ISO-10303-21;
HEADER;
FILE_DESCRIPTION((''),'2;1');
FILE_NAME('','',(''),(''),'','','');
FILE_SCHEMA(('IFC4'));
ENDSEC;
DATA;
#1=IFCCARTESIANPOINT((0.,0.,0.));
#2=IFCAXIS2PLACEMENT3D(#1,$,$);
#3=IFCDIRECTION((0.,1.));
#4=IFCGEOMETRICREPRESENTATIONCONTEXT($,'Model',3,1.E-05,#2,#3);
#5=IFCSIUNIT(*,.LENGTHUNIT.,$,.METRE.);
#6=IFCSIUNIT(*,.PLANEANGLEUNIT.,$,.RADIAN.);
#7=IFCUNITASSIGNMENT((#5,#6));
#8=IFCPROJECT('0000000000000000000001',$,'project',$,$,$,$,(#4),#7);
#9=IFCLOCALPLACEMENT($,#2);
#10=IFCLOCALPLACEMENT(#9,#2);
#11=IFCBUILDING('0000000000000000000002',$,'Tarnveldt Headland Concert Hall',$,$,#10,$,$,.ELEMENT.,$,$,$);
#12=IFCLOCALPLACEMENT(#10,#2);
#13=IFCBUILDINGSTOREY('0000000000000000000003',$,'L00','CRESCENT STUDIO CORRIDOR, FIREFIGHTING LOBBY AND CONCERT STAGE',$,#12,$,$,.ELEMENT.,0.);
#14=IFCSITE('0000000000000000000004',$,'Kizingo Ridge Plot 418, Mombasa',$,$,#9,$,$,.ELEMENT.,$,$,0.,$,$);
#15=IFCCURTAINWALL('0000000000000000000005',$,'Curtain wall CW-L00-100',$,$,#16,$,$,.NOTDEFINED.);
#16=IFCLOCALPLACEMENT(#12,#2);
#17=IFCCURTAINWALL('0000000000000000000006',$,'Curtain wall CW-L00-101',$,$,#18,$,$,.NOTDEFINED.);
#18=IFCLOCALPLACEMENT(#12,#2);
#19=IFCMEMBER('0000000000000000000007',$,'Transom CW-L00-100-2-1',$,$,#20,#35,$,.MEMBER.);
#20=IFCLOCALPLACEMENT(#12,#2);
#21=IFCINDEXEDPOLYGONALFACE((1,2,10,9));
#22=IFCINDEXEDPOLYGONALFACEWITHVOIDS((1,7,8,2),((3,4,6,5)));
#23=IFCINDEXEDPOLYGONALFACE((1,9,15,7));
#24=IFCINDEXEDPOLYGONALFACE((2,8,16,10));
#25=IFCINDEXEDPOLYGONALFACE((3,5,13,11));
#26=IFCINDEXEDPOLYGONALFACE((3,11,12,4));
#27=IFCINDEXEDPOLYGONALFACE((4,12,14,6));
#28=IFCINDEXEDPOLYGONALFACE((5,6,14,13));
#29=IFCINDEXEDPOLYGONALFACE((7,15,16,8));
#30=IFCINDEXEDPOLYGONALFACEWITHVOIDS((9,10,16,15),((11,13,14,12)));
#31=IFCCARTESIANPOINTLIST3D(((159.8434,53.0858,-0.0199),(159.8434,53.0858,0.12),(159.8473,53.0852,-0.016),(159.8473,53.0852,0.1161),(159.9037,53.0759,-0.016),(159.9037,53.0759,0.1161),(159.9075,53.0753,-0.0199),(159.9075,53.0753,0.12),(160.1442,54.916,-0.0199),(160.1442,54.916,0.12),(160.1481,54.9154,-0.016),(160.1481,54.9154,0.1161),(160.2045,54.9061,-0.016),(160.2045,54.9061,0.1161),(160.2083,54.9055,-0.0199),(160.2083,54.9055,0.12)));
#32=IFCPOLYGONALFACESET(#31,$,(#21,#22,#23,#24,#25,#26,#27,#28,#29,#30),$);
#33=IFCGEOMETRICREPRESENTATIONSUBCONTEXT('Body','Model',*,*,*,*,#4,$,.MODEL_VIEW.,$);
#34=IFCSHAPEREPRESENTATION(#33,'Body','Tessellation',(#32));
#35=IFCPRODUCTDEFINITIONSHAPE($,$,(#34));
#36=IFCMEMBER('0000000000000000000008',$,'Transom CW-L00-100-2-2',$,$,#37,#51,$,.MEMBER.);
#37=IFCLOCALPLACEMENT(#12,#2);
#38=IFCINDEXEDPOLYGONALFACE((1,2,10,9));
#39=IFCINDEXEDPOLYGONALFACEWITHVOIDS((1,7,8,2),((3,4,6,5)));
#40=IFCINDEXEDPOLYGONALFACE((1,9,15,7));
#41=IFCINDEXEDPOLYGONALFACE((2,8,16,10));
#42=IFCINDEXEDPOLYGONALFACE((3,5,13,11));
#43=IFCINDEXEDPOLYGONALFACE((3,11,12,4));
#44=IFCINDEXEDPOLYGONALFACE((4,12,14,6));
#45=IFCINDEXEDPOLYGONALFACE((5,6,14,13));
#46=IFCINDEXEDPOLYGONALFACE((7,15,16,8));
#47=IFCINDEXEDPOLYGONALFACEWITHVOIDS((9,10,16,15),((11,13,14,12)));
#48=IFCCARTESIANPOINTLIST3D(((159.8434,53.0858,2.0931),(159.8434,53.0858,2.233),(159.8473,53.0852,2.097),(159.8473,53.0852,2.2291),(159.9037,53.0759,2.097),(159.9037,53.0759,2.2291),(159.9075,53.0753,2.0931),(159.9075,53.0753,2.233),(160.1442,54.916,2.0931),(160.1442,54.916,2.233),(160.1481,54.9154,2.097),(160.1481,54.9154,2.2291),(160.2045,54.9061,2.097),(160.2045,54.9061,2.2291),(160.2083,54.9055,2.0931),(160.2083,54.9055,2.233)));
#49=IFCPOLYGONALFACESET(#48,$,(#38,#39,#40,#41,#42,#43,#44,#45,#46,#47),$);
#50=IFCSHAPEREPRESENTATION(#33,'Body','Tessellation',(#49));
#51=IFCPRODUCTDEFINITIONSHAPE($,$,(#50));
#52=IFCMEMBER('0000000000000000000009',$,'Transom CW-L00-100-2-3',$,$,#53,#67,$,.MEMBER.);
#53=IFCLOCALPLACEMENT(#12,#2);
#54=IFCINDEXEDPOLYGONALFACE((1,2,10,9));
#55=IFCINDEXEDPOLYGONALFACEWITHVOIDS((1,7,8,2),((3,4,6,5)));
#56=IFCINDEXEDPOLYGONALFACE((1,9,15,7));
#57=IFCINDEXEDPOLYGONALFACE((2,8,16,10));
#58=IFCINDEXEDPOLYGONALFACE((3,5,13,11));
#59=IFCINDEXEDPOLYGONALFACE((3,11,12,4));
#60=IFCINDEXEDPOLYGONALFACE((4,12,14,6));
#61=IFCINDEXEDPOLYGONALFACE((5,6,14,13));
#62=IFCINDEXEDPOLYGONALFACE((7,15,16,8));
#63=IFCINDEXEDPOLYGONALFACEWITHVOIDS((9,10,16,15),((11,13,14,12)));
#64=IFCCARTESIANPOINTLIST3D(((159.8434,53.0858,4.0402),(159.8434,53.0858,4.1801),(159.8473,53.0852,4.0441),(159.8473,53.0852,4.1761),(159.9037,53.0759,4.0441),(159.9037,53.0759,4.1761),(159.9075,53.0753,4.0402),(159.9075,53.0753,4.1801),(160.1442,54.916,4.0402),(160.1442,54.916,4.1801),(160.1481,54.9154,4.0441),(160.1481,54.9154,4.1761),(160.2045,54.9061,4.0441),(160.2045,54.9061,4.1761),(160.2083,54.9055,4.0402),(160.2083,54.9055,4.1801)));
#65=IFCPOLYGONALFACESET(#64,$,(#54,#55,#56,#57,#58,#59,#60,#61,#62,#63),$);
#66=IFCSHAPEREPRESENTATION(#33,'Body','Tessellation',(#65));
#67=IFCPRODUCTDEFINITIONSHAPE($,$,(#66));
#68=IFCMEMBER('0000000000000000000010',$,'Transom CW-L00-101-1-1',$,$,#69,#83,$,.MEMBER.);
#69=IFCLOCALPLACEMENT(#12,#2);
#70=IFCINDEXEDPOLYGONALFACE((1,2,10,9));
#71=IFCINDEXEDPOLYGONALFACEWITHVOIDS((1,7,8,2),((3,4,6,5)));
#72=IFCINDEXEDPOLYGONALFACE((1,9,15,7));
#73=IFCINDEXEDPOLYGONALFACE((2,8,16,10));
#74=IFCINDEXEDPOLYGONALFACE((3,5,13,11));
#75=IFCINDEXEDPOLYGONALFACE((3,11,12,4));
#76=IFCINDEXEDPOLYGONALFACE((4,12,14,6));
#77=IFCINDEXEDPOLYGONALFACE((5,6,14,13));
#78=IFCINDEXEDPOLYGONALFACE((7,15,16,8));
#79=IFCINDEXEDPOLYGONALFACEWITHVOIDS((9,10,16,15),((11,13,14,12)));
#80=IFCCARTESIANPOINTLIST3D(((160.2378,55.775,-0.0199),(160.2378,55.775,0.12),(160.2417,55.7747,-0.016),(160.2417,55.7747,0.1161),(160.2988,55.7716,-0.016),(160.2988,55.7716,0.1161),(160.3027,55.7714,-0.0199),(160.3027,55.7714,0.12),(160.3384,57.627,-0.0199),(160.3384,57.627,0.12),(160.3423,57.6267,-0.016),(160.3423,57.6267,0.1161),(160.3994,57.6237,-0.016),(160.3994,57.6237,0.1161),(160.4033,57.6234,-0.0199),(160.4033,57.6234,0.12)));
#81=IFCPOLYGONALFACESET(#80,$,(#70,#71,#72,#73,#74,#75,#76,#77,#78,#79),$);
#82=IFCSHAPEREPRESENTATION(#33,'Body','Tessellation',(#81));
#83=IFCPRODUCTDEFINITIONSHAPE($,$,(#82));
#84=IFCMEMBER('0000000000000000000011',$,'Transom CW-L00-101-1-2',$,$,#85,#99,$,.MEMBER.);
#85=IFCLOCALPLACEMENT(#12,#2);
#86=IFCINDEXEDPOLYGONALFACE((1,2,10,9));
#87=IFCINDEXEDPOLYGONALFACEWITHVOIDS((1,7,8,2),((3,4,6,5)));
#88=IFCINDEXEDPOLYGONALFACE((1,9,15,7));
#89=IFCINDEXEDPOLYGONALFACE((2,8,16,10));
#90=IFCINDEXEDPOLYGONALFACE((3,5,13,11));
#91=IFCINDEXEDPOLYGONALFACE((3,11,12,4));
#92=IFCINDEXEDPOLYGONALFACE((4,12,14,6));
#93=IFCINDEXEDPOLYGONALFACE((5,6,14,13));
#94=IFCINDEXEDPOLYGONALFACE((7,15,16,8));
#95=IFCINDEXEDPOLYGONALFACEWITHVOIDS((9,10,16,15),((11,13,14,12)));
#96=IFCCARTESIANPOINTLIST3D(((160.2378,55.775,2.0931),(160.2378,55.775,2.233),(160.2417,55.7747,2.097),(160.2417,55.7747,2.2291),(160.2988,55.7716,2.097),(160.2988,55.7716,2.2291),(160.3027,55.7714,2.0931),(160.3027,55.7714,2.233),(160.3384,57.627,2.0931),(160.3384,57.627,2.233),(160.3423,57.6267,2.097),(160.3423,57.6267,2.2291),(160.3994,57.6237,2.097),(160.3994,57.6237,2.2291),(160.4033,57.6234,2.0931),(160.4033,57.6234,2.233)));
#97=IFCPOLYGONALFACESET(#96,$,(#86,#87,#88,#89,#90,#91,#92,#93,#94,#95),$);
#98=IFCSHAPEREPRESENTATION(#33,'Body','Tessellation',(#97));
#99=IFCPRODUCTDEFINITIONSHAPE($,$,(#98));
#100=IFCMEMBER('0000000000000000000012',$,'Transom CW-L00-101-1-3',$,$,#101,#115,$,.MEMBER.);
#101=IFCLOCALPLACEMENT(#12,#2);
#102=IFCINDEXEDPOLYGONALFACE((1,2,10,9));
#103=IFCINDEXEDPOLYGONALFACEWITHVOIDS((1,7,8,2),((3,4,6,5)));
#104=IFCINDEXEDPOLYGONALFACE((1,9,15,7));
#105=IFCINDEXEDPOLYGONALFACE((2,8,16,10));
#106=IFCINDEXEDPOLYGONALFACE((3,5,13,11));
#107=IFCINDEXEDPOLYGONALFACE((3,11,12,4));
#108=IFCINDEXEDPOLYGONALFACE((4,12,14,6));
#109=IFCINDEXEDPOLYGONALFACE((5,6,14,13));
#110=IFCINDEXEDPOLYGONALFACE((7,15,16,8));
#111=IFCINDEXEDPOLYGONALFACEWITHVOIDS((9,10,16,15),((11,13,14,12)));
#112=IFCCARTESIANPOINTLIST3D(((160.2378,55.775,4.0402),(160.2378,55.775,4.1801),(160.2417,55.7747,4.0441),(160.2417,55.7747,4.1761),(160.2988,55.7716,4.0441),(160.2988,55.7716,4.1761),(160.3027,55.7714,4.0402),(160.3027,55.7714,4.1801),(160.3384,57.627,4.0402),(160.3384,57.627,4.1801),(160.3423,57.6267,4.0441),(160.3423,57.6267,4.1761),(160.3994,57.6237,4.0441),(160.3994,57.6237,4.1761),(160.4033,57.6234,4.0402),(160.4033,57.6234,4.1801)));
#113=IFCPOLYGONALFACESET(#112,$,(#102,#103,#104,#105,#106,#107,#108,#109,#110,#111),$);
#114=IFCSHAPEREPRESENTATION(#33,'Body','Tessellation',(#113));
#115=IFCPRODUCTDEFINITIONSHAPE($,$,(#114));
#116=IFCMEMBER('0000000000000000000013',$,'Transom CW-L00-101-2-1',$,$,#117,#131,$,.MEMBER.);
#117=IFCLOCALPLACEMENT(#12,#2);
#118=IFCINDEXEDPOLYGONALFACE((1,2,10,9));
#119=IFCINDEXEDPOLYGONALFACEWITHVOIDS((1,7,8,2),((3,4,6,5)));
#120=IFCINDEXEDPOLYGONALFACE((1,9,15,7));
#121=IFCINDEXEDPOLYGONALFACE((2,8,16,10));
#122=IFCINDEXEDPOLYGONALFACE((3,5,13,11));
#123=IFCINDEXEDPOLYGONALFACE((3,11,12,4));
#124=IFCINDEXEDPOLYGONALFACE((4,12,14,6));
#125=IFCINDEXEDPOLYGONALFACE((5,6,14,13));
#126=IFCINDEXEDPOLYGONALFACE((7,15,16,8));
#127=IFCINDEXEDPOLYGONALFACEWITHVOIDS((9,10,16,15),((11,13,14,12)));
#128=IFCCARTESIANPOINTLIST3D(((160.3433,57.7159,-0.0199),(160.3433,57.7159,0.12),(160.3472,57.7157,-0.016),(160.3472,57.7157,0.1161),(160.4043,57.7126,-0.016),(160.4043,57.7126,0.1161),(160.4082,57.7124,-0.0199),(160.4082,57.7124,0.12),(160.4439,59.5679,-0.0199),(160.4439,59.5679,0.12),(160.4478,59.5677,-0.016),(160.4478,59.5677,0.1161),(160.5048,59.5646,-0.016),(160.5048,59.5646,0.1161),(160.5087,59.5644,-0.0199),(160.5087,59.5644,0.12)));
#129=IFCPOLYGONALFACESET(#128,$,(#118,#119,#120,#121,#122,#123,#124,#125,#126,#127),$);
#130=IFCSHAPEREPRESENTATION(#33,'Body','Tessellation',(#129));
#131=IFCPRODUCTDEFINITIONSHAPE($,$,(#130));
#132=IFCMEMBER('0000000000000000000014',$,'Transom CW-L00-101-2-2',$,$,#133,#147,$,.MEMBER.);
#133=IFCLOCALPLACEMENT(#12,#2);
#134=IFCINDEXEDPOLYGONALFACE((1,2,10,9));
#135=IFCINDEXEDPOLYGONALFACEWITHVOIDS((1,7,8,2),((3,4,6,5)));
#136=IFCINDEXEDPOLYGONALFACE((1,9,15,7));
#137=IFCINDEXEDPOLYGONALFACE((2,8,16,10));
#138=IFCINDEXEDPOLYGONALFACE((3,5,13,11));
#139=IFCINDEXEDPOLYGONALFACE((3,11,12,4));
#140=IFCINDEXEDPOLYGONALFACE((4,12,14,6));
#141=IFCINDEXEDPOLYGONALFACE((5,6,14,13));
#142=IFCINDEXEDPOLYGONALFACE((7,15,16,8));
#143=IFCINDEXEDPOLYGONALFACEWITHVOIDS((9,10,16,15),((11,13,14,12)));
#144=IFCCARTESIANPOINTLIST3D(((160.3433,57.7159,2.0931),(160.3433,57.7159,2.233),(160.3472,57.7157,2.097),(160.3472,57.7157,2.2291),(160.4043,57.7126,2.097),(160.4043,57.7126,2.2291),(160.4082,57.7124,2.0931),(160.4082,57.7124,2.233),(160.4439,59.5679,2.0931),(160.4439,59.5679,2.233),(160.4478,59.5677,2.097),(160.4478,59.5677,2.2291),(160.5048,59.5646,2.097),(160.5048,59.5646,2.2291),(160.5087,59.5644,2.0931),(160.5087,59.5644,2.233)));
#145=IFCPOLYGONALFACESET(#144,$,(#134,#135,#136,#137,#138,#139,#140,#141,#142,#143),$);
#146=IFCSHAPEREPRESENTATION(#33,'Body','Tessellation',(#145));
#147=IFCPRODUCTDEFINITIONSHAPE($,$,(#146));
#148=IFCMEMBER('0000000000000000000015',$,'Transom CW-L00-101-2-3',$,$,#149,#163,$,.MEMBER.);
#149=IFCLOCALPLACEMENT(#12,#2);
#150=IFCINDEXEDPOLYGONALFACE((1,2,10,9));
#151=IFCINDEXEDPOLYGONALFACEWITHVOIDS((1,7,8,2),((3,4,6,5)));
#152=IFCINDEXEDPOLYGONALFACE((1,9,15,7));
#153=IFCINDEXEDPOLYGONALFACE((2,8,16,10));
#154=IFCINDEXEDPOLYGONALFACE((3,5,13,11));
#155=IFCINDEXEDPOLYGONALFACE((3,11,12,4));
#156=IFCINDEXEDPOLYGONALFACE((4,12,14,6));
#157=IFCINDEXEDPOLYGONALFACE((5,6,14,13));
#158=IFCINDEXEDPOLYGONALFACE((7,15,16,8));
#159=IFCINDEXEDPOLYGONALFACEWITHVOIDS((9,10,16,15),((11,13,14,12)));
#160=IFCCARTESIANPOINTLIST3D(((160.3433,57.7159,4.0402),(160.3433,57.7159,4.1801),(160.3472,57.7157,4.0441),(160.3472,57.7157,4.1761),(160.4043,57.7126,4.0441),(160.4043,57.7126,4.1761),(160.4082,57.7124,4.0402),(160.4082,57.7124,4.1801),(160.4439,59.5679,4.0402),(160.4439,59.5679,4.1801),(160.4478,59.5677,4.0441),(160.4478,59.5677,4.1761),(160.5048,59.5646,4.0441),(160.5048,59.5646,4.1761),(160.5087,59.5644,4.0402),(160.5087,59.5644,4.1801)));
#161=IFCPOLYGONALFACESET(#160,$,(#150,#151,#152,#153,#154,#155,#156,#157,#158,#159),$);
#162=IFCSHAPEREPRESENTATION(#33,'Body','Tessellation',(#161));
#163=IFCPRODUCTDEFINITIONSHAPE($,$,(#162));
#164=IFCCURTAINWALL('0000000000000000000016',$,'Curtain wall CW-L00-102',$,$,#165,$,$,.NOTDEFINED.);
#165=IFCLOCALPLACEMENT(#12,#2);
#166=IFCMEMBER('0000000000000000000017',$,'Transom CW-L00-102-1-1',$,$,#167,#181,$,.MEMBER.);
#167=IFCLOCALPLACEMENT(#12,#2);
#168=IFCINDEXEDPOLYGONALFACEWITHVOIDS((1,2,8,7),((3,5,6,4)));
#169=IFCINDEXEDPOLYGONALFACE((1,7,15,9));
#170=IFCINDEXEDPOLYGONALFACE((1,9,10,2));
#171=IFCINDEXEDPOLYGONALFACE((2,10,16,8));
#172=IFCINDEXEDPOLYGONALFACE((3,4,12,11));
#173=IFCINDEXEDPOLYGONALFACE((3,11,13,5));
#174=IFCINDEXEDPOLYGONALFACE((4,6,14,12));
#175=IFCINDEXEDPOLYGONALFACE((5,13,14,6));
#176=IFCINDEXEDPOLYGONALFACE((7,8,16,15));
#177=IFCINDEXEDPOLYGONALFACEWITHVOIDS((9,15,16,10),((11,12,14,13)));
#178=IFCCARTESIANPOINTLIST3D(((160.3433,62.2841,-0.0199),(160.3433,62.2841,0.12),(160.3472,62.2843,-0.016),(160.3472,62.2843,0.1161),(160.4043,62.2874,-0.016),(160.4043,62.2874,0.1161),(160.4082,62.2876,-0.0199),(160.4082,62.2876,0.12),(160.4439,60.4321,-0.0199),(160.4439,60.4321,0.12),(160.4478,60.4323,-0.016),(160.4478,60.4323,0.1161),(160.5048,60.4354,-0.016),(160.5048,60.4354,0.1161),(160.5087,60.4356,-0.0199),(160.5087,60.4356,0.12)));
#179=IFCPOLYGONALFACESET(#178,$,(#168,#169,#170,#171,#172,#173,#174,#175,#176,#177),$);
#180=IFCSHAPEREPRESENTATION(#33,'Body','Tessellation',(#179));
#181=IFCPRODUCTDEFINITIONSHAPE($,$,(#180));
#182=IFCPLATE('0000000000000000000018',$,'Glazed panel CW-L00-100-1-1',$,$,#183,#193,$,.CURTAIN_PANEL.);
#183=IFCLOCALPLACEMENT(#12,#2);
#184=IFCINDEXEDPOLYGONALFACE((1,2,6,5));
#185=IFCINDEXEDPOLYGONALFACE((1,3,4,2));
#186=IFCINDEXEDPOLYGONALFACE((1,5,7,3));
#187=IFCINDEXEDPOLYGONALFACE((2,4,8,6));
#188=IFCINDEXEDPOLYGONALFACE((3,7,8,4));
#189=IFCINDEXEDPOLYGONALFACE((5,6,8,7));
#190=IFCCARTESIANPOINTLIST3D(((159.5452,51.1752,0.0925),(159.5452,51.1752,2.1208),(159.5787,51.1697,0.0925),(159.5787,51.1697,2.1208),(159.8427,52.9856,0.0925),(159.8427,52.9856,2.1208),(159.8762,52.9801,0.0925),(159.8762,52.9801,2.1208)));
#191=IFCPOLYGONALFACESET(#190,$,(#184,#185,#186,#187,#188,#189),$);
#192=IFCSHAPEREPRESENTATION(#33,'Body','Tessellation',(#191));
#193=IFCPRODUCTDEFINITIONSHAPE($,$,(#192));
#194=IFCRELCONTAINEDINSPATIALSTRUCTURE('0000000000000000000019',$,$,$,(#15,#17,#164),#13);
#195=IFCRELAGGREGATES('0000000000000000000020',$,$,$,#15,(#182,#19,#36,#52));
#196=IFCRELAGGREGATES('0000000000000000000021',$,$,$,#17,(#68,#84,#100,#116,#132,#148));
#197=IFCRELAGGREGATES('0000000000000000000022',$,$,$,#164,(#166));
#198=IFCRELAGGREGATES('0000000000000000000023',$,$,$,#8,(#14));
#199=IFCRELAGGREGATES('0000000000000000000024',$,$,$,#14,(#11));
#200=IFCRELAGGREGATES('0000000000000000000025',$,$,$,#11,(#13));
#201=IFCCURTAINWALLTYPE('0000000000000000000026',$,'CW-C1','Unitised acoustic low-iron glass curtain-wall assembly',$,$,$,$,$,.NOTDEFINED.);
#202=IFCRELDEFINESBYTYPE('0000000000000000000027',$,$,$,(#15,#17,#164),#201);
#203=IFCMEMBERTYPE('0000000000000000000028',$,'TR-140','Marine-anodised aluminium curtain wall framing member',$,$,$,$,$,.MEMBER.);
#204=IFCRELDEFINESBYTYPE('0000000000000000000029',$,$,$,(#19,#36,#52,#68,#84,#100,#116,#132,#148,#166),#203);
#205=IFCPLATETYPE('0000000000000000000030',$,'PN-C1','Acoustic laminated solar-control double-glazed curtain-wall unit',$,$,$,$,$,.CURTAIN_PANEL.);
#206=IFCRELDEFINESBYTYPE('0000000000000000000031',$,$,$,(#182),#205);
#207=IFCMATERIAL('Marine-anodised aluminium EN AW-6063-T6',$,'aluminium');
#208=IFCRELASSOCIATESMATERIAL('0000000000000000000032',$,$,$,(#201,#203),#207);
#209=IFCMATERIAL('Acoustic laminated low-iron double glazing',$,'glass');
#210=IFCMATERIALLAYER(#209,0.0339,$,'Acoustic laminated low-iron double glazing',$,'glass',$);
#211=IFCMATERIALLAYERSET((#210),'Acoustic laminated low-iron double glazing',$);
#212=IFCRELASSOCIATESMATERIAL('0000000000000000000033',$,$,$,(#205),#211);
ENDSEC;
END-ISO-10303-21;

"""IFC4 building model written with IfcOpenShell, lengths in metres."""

from ifc_helpers import new_model, si_unit, direction, frame, origin, origin_2d, place, context, subcontext, project, spatial, rectangle, hollow_rectangle, extrude, material, layer, layer_set, material_profile, profile_set, type_object, element, aggregate, save


model = new_model("IFC4")

# Units and contexts
model_context = context("Model", 3, precision=1e-05, world=origin(), true_north=direction((0.0, 1.0)))
body_context = subcontext(model_context, "Body", "Model", "MODEL_VIEW")
ifc_project = project(units=[si_unit("LENGTHUNIT", "METRE"), si_unit("PLANEANGLEUNIT", "RADIAN")], contexts=[model_context])

# Site, building, storey
site_placement = place(None, origin())
site = spatial("IfcSite", under=ifc_project, at=site_placement, Name="Kizingo Ridge Plot 418, Mombasa", CompositionType="ELEMENT", RefElevation=0.0)
building_placement = place(site_placement, origin())
building = spatial("IfcBuilding", under=site, at=building_placement, Name="Tarnveldt Headland Concert Hall", CompositionType="ELEMENT")
storey_placement = place(building_placement, origin())
storey = spatial("IfcBuildingStorey", under=building, at=storey_placement, Name="L00", Description="CRESCENT STUDIO CORRIDOR, FIREFIGHTING LOBBY AND CONCERT STAGE", CompositionType="ELEMENT", Elevation=0.0)

# Curtain walls
ifc_material_1 = material(Name="Marine-anodised aluminium EN AW-6063-T6", Category="aluminium")
curtain_wall_type = type_object("IfcCurtainWallType", Name="CW-C1", Description="Unitised acoustic low-iron glass curtain-wall assembly", PredefinedType="NOTDEFINED", material=ifc_material_1)
curtain_wall_1_placement = place(storey_placement, origin())
curtain_wall_1 = element("IfcCurtainWall", 1, at=curtain_wall_1_placement, inside=storey, type_object=curtain_wall_type, Name="Curtain wall CW-L00-100", PredefinedType="NOTDEFINED")
curtain_wall_2_placement = place(storey_placement, origin())
curtain_wall_2 = element("IfcCurtainWall", 2, at=curtain_wall_2_placement, inside=storey, type_object=curtain_wall_type, Name="Curtain wall CW-L00-101", PredefinedType="NOTDEFINED")

# Members
ifc_material_profile_1 = material_profile(ifc_material_1, hollow_rectangle(XDim=0.0649, YDim=0.1399, WallThickness=0.0039, at=origin_2d()), Name="ALU TRANSOM 65x140x4", Category="aluminium")
ifc_profile_set_1 = profile_set([ifc_material_profile_1], Name="Marine-anodised aluminium EN AW-6063-T6")
member_type_1 = type_object("IfcMemberType", Name="TR-140", Description="Marine-anodised aluminium curtain wall framing member", PredefinedType="MEMBER", material=ifc_profile_set_1)
member_1_placement = place(storey_placement, frame((159.8755, 53.0806, 0.05), z_axis=(0.162179, 0.986761, 0.0), x_axis=(-0.986761, 0.162179, 0.0)))
member_1 = element("IfcMember", 3, at=member_1_placement, type_object=member_type_1, Name="Transom CW-L00-100-2-1", PredefinedType="MEMBER", context=body_context, shape_type="SweptSolid", body=[
    extrude(hollow_rectangle(XDim=0.0649, YDim=0.1399, WallThickness=0.0039, at=origin_2d()), origin(), (0.0, 0.0, 1.0), 1.8547),
])
member_2_placement = place(storey_placement, frame((159.8755, 53.0806, 2.1631), z_axis=(0.162179, 0.986761, 0.0), x_axis=(-0.986761, 0.162179, 0.0)))
member_2 = element("IfcMember", 4, at=member_2_placement, type_object=member_type_1, Name="Transom CW-L00-100-2-2", PredefinedType="MEMBER", context=body_context, shape_type="SweptSolid", body=[
    extrude(hollow_rectangle(XDim=0.0649, YDim=0.1399, WallThickness=0.0039, at=origin_2d()), origin(), (0.0, 0.0, 1.0), 1.8547),
])
member_3_placement = place(storey_placement, frame((159.8755, 53.0806, 4.1101), z_axis=(0.162179, 0.986761, 0.0), x_axis=(-0.986761, 0.162179, 0.0)))
member_3 = element("IfcMember", 5, at=member_3_placement, type_object=member_type_1, Name="Transom CW-L00-100-2-3", PredefinedType="MEMBER", context=body_context, shape_type="SweptSolid", body=[
    extrude(hollow_rectangle(XDim=0.0649, YDim=0.1399, WallThickness=0.0039, at=origin_2d()), origin(), (0.0, 0.0, 1.0), 1.8547),
])
member_4_placement = place(storey_placement, frame((160.2703, 55.7732, 0.05), z_axis=(0.054231, 0.998528, 0.0), x_axis=(-0.998528, 0.054231, 0.0)))
member_4 = element("IfcMember", 6, at=member_4_placement, type_object=member_type_1, Name="Transom CW-L00-101-1-1", PredefinedType="MEMBER", context=body_context, shape_type="SweptSolid", body=[
    extrude(hollow_rectangle(XDim=0.0649, YDim=0.1399, WallThickness=0.0039, at=origin_2d()), origin(), (0.0, 0.0, 1.0), 1.8547),
])
member_5_placement = place(storey_placement, frame((160.2703, 55.7732, 2.1631), z_axis=(0.054231, 0.998528, 0.0), x_axis=(-0.998528, 0.054231, 0.0)))
member_5 = element("IfcMember", 7, at=member_5_placement, type_object=member_type_1, Name="Transom CW-L00-101-1-2", PredefinedType="MEMBER", context=body_context, shape_type="SweptSolid", body=[
    extrude(hollow_rectangle(XDim=0.0649, YDim=0.1399, WallThickness=0.0039, at=origin_2d()), origin(), (0.0, 0.0, 1.0), 1.8547),
])
member_6_placement = place(storey_placement, frame((160.2703, 55.7732, 4.1101), z_axis=(0.054231, 0.998528, 0.0), x_axis=(-0.998528, 0.054231, 0.0)))
member_6 = element("IfcMember", 8, at=member_6_placement, type_object=member_type_1, Name="Transom CW-L00-101-1-3", PredefinedType="MEMBER", context=body_context, shape_type="SweptSolid", body=[
    extrude(hollow_rectangle(XDim=0.0649, YDim=0.1399, WallThickness=0.0039, at=origin_2d()), origin(), (0.0, 0.0, 1.0), 1.8547),
])
member_7_placement = place(storey_placement, frame((160.3757, 57.7141, 0.05), z_axis=(0.054231, 0.998528, 0.0), x_axis=(-0.998528, 0.054231, 0.0)))
member_7 = element("IfcMember", 9, at=member_7_placement, type_object=member_type_1, Name="Transom CW-L00-101-2-1", PredefinedType="MEMBER", context=body_context, shape_type="SweptSolid", body=[
    extrude(hollow_rectangle(XDim=0.0649, YDim=0.1399, WallThickness=0.0039, at=origin_2d()), origin(), (0.0, 0.0, 1.0), 1.8547),
])
member_8_placement = place(storey_placement, frame((160.3757, 57.7141, 2.1631), z_axis=(0.054231, 0.998528, 0.0), x_axis=(-0.998528, 0.054231, 0.0)))
member_8 = element("IfcMember", 10, at=member_8_placement, type_object=member_type_1, Name="Transom CW-L00-101-2-2", PredefinedType="MEMBER", context=body_context, shape_type="SweptSolid", body=[
    extrude(hollow_rectangle(XDim=0.0649, YDim=0.1399, WallThickness=0.0039, at=origin_2d()), origin(), (0.0, 0.0, 1.0), 1.8547),
])
member_9_placement = place(storey_placement, frame((160.3757, 57.7141, 4.1101), z_axis=(0.054231, 0.998528, 0.0), x_axis=(-0.998528, 0.054231, 0.0)))
member_9 = element("IfcMember", 11, at=member_9_placement, type_object=member_type_1, Name="Transom CW-L00-101-2-3", PredefinedType="MEMBER", context=body_context, shape_type="SweptSolid", body=[
    extrude(hollow_rectangle(XDim=0.0649, YDim=0.1399, WallThickness=0.0039, at=origin_2d()), origin(), (0.0, 0.0, 1.0), 1.8547),
])

# Curtain wall, member
curtain_wall_3_placement = place(storey_placement, origin())
curtain_wall_3 = element("IfcCurtainWall", 12, at=curtain_wall_3_placement, inside=storey, type_object=curtain_wall_type, Name="Curtain wall CW-L00-102", PredefinedType="NOTDEFINED")
member_10_placement = place(storey_placement, frame((160.4763, 60.4338, 0.05), z_axis=(-0.054231, 0.998528, 0.0), x_axis=(-0.998528, -0.054231, 0.0)))
member_10 = element("IfcMember", 13, at=member_10_placement, type_object=member_type_1, Name="Transom CW-L00-102-1-1", PredefinedType="MEMBER", context=body_context, shape_type="SweptSolid", body=[
    extrude(hollow_rectangle(XDim=0.0649, YDim=0.1399, WallThickness=0.0039, at=origin_2d()), origin(), (0.0, 0.0, 1.0), 1.8547),
])

# Plate
ifc_material_2 = material(Name="Acoustic laminated low-iron double glazing", Category="glass")
ifc_layer = layer(ifc_material_2, 0.0339, Name="Acoustic laminated low-iron double glazing", Category="glass")
ifc_layer_set = layer_set([ifc_layer], Name="Acoustic laminated low-iron double glazing")
plate_type = type_object("IfcPlateType", Name="PN-C1", Description="Acoustic laminated solar-control double-glazed curtain-wall unit", PredefinedType="CURTAIN_PANEL", material=ifc_layer_set)
plate_1_placement = place(storey_placement, frame((159.7107, 52.0776, 0.0925), z_axis=(0.0, 0.0, 1.0), x_axis=(0.162155, 0.986765, 0.0)))
plate_1 = element("IfcPlate", 14, at=plate_1_placement, type_object=plate_type, Name="Glazed panel CW-L00-100-1-1", PredefinedType="CURTAIN_PANEL", context=body_context, shape_type="SweptSolid", body=[
    extrude(rectangle(XDim=1.8347, YDim=0.0339, at=origin_2d()), origin(), (0.0, 0.0, 1.0), 2.0283),
])
aggregate(curtain_wall_1, [plate_1, member_1, member_2, member_3])
aggregate(curtain_wall_2, [member_4, member_5, member_6, member_7, member_8, member_9])
aggregate(curtain_wall_3, [member_10])

save(model, "model.ifc")
